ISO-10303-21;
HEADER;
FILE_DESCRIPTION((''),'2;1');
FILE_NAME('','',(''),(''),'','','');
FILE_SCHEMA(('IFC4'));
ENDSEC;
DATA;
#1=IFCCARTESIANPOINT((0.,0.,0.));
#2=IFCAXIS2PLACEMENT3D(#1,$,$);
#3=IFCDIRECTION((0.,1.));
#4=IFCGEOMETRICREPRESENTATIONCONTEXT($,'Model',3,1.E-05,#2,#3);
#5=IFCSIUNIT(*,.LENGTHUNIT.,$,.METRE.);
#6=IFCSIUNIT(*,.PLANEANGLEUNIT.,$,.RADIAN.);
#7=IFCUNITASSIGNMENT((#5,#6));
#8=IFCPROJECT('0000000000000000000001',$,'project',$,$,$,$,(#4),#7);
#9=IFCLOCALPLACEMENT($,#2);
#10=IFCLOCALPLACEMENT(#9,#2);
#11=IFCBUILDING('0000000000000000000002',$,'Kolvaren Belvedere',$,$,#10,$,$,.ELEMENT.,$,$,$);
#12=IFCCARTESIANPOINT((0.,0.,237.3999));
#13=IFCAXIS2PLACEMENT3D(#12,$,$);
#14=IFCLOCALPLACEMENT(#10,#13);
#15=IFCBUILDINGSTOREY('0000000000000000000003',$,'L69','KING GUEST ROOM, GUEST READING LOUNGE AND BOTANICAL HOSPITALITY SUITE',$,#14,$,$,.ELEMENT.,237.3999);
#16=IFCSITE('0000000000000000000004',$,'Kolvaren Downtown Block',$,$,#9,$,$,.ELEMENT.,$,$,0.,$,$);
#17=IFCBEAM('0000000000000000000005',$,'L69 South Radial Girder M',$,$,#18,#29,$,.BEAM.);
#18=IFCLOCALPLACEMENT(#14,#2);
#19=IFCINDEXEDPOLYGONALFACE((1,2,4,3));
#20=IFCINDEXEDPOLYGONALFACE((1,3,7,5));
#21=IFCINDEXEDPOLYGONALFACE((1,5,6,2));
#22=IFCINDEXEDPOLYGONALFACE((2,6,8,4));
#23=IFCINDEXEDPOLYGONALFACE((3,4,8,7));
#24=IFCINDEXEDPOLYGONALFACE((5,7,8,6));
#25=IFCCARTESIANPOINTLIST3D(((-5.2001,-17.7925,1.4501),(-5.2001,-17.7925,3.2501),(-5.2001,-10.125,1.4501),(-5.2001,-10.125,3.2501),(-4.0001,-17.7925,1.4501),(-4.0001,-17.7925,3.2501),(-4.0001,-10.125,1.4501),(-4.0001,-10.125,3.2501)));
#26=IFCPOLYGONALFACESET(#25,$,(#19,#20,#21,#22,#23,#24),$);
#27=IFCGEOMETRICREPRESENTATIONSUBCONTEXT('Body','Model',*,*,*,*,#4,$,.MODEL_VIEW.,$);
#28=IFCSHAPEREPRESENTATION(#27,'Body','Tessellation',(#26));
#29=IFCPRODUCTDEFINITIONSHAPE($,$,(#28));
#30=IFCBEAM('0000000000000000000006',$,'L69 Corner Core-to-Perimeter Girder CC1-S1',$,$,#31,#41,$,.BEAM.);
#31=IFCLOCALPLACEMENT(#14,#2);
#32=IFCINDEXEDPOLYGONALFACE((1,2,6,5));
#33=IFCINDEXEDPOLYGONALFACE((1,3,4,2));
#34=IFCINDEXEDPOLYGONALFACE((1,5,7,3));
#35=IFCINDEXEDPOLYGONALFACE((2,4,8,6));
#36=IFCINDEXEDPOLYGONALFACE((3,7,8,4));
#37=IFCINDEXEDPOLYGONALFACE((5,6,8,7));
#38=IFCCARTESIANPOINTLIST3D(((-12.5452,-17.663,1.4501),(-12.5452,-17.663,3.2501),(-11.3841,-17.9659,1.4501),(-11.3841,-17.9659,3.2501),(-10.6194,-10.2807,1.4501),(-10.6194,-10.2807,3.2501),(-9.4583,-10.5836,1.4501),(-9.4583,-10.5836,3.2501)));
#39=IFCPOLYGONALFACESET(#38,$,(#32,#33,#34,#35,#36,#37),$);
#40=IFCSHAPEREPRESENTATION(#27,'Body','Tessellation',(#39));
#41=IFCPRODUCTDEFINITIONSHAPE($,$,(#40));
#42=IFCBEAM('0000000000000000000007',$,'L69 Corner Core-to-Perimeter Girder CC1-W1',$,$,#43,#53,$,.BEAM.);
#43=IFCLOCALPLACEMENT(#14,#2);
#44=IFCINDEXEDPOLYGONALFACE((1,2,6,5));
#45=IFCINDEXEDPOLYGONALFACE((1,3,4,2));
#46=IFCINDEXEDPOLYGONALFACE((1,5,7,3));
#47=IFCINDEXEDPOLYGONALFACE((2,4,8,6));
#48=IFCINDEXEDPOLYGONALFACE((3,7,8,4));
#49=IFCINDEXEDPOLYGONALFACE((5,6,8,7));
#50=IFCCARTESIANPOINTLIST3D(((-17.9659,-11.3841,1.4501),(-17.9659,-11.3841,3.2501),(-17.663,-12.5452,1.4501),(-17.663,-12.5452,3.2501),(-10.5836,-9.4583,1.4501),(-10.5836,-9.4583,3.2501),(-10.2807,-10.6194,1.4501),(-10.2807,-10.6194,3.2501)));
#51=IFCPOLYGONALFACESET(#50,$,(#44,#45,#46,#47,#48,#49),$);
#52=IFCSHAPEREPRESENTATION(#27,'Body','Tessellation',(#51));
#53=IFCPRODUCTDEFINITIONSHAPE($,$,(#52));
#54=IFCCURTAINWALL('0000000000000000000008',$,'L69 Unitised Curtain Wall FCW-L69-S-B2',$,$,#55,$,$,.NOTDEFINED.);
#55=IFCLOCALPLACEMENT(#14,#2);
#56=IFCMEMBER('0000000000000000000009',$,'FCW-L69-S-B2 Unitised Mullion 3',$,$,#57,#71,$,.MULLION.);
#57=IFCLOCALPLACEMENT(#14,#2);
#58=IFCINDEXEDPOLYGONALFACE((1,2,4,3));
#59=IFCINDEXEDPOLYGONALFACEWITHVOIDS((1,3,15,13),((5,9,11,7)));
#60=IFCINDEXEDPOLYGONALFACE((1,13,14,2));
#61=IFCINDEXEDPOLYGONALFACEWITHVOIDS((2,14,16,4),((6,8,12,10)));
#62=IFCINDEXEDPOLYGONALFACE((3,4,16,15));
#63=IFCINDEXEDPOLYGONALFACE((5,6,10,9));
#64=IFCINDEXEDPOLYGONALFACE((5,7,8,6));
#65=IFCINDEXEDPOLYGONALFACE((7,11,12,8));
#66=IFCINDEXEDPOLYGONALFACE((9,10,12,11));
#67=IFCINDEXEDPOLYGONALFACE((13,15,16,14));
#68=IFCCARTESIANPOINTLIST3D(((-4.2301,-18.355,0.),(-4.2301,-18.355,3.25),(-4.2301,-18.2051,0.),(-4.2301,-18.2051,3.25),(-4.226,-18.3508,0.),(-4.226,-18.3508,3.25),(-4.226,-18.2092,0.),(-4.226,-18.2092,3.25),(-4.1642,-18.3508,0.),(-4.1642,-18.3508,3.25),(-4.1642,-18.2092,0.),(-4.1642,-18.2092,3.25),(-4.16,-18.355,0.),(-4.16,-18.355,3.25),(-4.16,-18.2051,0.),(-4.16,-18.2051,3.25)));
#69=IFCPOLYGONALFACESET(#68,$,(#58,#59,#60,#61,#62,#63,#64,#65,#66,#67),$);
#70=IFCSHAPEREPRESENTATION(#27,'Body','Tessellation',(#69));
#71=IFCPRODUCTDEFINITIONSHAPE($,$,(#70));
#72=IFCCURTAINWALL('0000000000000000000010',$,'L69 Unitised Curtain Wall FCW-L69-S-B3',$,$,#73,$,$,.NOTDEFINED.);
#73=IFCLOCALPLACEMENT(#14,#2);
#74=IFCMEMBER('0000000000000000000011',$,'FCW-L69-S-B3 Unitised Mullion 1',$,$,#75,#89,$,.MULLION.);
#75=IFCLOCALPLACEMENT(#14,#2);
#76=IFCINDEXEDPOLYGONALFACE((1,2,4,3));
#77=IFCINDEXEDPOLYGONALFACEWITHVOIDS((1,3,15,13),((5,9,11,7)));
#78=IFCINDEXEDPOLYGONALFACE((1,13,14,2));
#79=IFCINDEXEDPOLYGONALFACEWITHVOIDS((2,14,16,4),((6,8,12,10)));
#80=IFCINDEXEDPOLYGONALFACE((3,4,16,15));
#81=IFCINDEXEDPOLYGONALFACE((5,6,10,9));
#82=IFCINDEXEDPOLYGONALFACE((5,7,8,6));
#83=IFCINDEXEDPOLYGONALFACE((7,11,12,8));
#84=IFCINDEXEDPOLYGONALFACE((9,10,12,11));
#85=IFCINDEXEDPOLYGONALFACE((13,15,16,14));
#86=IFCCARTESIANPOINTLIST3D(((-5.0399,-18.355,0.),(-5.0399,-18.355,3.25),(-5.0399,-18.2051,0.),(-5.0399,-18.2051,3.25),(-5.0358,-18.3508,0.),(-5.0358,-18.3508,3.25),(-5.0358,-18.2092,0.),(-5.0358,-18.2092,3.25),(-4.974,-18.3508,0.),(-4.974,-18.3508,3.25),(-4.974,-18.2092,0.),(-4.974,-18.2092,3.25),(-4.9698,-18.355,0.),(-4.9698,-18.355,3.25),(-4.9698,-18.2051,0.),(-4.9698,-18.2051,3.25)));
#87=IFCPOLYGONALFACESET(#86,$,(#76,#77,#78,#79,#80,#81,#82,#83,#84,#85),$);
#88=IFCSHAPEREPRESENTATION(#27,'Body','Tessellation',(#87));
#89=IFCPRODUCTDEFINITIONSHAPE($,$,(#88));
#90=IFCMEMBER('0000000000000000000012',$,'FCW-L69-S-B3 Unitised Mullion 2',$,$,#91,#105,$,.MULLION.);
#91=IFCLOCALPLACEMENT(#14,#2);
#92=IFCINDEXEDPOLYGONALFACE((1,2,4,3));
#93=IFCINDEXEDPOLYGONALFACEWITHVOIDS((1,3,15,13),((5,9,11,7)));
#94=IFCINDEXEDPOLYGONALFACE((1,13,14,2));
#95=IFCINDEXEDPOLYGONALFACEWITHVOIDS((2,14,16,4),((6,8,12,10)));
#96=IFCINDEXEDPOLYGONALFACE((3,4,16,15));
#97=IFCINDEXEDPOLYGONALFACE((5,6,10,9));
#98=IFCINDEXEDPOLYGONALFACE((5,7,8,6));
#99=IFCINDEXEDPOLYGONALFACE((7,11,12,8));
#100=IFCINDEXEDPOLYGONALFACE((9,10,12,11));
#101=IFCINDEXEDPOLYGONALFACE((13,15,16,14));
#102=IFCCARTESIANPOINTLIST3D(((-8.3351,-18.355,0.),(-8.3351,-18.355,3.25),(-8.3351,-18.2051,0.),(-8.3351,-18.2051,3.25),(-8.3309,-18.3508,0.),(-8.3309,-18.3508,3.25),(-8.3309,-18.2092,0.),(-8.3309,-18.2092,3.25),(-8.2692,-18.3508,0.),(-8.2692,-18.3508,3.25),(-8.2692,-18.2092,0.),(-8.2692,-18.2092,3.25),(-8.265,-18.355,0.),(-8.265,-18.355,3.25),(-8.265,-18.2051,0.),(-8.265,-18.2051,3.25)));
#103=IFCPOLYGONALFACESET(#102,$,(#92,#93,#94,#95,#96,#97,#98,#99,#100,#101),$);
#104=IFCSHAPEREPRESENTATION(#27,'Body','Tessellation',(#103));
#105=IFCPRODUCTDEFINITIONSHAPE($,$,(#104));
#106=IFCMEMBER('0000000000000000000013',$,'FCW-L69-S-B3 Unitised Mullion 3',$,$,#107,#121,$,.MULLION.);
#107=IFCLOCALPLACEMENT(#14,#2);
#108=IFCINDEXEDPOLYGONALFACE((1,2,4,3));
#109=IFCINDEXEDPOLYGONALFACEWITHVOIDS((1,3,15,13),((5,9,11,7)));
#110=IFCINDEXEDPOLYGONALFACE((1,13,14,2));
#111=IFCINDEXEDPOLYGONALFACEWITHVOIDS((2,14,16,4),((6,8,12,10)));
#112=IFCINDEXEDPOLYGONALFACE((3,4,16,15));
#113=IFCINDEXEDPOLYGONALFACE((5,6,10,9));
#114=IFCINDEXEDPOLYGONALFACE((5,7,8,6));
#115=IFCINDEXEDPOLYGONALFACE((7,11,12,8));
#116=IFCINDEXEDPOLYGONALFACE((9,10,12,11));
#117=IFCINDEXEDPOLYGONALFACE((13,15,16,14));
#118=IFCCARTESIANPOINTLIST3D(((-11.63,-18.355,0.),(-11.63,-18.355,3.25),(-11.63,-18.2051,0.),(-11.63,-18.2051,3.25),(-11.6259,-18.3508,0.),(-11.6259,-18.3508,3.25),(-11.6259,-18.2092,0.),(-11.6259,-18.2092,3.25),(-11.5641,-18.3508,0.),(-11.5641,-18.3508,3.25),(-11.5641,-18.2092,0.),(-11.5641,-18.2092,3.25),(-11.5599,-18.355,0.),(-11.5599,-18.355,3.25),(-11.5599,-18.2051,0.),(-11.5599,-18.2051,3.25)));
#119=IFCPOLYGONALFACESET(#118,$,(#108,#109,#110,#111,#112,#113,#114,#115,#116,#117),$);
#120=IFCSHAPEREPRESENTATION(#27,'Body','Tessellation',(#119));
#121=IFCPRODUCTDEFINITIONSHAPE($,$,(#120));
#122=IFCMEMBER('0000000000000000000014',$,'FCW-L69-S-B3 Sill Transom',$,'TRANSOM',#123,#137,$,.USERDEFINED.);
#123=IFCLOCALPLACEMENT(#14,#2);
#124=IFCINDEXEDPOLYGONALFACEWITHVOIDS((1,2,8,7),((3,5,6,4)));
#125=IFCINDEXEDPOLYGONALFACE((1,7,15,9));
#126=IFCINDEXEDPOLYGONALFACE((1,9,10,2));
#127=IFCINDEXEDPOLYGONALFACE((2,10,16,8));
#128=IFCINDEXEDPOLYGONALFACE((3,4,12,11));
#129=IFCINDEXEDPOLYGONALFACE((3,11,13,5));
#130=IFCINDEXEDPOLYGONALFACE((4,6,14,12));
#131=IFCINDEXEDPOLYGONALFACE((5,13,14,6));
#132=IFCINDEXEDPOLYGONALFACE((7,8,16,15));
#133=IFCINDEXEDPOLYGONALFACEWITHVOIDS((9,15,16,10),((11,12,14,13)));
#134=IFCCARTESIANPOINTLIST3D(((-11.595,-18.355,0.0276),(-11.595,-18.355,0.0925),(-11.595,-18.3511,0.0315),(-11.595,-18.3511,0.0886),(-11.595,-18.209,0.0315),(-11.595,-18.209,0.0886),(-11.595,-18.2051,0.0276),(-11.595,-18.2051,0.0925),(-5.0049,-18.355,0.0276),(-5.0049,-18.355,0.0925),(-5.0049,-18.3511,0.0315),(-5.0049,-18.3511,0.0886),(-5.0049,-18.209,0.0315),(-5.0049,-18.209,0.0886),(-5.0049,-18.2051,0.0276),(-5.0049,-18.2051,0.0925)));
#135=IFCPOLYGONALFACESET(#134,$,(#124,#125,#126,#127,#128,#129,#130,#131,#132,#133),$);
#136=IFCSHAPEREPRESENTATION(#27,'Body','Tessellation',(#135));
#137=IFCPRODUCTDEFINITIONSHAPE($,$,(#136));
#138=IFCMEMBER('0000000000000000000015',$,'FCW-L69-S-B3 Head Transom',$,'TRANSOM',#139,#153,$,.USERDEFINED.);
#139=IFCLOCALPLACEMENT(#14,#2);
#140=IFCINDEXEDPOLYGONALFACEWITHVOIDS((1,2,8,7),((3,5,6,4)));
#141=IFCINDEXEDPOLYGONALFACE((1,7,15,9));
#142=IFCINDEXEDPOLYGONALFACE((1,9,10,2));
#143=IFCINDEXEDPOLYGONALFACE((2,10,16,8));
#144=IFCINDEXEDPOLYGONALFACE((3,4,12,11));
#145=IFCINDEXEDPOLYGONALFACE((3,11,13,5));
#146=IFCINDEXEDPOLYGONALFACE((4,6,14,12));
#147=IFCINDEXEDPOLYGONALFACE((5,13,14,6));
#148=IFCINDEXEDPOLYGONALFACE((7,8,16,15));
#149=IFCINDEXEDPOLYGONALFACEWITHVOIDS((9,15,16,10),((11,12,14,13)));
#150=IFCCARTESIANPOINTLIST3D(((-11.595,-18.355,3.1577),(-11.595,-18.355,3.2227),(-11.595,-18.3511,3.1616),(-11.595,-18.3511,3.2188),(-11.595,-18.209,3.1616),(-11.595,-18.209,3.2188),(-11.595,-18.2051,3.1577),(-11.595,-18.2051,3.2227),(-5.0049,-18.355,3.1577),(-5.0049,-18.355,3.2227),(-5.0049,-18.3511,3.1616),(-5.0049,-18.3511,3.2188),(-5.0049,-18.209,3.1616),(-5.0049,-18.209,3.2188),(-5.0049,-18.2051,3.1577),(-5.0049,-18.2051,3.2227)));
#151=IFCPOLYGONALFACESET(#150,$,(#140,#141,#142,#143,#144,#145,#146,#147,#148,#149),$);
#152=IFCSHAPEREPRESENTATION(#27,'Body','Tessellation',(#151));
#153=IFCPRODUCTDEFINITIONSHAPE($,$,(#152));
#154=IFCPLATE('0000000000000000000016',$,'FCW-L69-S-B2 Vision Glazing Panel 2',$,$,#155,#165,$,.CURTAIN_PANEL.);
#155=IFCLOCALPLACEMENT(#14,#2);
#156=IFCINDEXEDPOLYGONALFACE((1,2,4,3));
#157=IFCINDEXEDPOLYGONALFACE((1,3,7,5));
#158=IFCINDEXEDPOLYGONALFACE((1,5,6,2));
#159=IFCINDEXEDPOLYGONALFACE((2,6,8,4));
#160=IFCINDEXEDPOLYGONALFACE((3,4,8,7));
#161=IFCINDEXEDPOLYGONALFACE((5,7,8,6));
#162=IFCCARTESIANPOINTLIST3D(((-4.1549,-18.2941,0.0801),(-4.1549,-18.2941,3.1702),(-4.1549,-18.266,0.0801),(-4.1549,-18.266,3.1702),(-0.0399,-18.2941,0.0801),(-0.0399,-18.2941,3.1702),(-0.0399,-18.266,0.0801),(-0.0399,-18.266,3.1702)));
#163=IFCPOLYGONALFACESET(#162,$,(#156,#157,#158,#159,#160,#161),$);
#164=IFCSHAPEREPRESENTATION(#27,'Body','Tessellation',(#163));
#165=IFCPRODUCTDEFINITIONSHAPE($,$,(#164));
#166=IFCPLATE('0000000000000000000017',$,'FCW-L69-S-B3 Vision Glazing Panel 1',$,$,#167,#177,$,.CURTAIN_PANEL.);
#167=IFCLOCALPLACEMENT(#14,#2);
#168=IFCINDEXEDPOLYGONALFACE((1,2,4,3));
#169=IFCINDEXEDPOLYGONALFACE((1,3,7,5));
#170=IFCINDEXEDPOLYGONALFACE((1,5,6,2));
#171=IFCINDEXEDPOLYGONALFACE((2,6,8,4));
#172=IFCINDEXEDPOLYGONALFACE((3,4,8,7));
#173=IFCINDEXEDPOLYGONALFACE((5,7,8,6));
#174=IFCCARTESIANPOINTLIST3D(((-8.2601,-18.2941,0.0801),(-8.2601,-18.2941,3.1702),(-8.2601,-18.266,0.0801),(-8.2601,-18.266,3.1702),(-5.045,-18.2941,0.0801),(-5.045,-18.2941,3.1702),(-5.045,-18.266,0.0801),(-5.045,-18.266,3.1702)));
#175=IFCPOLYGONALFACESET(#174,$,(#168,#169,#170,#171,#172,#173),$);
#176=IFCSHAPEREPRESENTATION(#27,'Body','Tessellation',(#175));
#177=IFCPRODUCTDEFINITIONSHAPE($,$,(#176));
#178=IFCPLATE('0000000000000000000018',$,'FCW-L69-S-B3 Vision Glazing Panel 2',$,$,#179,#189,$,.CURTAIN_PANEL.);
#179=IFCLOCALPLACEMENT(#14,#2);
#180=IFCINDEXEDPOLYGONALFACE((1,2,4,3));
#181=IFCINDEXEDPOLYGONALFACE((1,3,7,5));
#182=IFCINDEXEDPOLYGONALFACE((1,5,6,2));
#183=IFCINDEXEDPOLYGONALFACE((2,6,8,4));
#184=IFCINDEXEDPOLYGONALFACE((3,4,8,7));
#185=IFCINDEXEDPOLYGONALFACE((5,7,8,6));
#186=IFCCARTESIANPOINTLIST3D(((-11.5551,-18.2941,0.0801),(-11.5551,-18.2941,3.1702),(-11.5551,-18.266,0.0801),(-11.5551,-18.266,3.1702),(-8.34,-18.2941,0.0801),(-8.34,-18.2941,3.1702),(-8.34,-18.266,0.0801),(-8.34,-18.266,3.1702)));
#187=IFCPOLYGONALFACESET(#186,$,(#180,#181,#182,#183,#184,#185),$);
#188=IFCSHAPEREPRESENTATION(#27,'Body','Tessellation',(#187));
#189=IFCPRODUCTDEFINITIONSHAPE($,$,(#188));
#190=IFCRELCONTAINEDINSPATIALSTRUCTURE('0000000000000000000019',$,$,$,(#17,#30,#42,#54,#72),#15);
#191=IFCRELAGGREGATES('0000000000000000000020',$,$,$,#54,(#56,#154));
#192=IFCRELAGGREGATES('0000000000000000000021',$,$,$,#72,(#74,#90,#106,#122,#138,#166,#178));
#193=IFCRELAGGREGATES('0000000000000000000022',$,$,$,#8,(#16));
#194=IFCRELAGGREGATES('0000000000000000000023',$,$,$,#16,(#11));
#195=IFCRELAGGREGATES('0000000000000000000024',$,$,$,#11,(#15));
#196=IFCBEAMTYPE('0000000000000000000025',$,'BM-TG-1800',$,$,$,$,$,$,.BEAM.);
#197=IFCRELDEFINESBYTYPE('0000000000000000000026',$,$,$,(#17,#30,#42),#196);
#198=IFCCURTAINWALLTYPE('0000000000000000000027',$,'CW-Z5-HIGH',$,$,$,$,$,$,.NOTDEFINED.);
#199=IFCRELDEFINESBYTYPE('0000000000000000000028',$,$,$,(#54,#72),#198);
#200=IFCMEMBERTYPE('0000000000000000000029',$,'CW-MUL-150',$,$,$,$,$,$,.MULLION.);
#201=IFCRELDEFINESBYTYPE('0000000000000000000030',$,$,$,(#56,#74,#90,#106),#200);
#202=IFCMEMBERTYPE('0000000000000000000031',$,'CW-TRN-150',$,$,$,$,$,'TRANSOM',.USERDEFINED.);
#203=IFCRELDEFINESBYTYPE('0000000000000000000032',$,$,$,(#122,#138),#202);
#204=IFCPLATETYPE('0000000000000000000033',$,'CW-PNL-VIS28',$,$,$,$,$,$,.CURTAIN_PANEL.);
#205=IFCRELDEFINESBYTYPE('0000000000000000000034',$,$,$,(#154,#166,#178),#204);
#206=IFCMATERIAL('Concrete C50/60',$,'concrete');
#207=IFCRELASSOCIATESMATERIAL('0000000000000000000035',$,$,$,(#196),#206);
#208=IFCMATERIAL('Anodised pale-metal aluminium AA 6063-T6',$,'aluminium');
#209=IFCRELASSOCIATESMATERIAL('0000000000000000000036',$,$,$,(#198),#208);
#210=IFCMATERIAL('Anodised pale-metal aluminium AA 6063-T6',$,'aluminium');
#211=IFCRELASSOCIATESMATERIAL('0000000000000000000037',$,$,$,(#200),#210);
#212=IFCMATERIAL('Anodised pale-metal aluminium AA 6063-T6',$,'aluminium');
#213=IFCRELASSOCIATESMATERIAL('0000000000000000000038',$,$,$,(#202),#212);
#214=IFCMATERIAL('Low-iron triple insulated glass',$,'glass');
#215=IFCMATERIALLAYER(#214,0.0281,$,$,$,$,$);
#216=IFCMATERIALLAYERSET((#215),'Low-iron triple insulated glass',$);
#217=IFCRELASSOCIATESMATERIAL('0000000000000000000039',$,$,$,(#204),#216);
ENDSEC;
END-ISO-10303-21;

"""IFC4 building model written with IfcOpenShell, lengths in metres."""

from ifc_helpers import new_model, si_unit, direction, frame, origin, origin_2d, place, context, subcontext, project, spatial, rectangle, hollow_rectangle, extrude, material, layer, layer_set, material_profile, profile_set, type_object, element, aggregate, save


model = new_model("IFC4")

# Units and contexts
model_context = context("Model", 3, precision=1e-05, world=origin(), true_north=direction((0.0, 1.0)))
body_context = subcontext(model_context, "Body", "Model", "MODEL_VIEW")
ifc_project = project(units=[si_unit("LENGTHUNIT", "METRE"), si_unit("PLANEANGLEUNIT", "RADIAN")], contexts=[model_context])

# Site, building, storey
site_placement = place(None, origin())
site = spatial("IfcSite", under=ifc_project, at=site_placement, Name="Kolvaren Downtown Block", CompositionType="ELEMENT", RefElevation=0.0)
building_placement = place(site_placement, origin())
building = spatial("IfcBuilding", under=site, at=building_placement, Name="Kolvaren Belvedere", CompositionType="ELEMENT")
storey_placement = place(building_placement, frame((0.0, 0.0, 237.3999)))
storey = spatial("IfcBuildingStorey", under=building, at=storey_placement, Name="L69", Description="KING GUEST ROOM, GUEST READING LOUNGE AND BOTANICAL HOSPITALITY SUITE", CompositionType="ELEMENT", Elevation=237.3999)

# Beams
ifc_material_1 = material(Name="Concrete C50/60", Category="concrete")
ifc_material_profile_1 = material_profile(ifc_material_1, rectangle(XDim=1.2, YDim=1.8, at=origin_2d()), Name="RC 1200X1800")
ifc_profile_set_1 = profile_set([ifc_material_profile_1], Name="Concrete C50/60")
beam_type_1 = type_object("IfcBeamType", Name="BM-TG-1800", PredefinedType="BEAM", material=ifc_profile_set_1)
beam_1_placement = place(storey_placement, frame((-4.6001, -10.125, 2.3501), z_axis=(0.0, -1.0, 0.0), x_axis=(1.0, 0.0, 0.0)))
element("IfcBeam", 1, at=beam_1_placement, inside=storey, type_object=beam_type_1, Name="L69 South Radial Girder M", PredefinedType="BEAM", context=body_context, shape_type="SweptSolid", body=[
    extrude(rectangle(XDim=1.2, YDim=1.8, at=origin_2d()), origin(), (0.0, 0.0, 1.0), 7.6675),
])
for number, where, z_axis, x_axis, name in (
    (2, (-10.0388, -10.4321, 2.3501), (-0.252417, -0.967619, 0.0), (0.967619, -0.252417, 0.0), "L69 Corner Core-to-Perimeter Girder CC1-S1"),
    (3, (-10.4321, -10.0388, 2.3501), (-0.967619, -0.252417, 0.0), (0.252417, -0.967619, 0.0), "L69 Corner Core-to-Perimeter Girder CC1-W1"),
):
    element("IfcBeam", number, at=place(storey_placement, frame(where, z_axis=z_axis, x_axis=x_axis)), inside=storey, type_object=beam_type_1, Name=name, PredefinedType="BEAM", context=body_context, shape_type="SweptSolid", body=[
        extrude(rectangle(XDim=1.2, YDim=1.8, at=origin_2d()), origin(), (0.0, 0.0, 1.0), 7.6294),
    ])

# Curtain wall, member
ifc_material_2 = material(Name="Anodised pale-metal aluminium AA 6063-T6", Category="aluminium")
curtain_wall_type = type_object("IfcCurtainWallType", Name="CW-Z5-HIGH", PredefinedType="NOTDEFINED", material=ifc_material_2)
curtain_wall_1_placement = place(storey_placement, origin())
curtain_wall_1 = element("IfcCurtainWall", 4, at=curtain_wall_1_placement, inside=storey, type_object=curtain_wall_type, Name="L69 Unitised Curtain Wall FCW-L69-S-B2", PredefinedType="NOTDEFINED")
ifc_material_3 = material(Name="Anodised pale-metal aluminium AA 6063-T6", Category="aluminium")
ifc_material_profile_2 = material_profile(ifc_material_3, hollow_rectangle(XDim=0.0701, YDim=0.1499, WallThickness=0.0042, at=origin_2d()), Name="ALU-MUL-150X70")
ifc_profile_set_2 = profile_set([ifc_material_profile_2], Name="Anodised pale-metal aluminium AA 6063-T6")
member_type_1 = type_object("IfcMemberType", Name="CW-MUL-150", PredefinedType="MULLION", material=ifc_profile_set_2)
member_1_placement = place(storey_placement, frame((-4.1951, -18.28, 0.0), z_axis=(0.0, 0.0, 1.0), x_axis=(1.0, 0.0, 0.0)))
member_1 = element("IfcMember", 5, at=member_1_placement, type_object=member_type_1, Name="FCW-L69-S-B2 Unitised Mullion 3", PredefinedType="MULLION", context=body_context, shape_type="SweptSolid", body=[
    extrude(hollow_rectangle(XDim=0.0701, YDim=0.1499, WallThickness=0.0042, at=origin_2d()), origin(), (0.0, 0.0, 1.0), 3.25),
])

# Curtain wall, members
curtain_wall_2_placement = place(storey_placement, origin())
curtain_wall_2 = element("IfcCurtainWall", 6, at=curtain_wall_2_placement, inside=storey, type_object=curtain_wall_type, Name="L69 Unitised Curtain Wall FCW-L69-S-B3", PredefinedType="NOTDEFINED")
member_2_placement = place(storey_placement, frame((-5.0049, -18.28, 0.0), z_axis=(0.0, 0.0, 1.0), x_axis=(1.0, 0.0, 0.0)))
member_2 = element("IfcMember", 7, at=member_2_placement, type_object=member_type_1, Name="FCW-L69-S-B3 Unitised Mullion 1", PredefinedType="MULLION", context=body_context, shape_type="SweptSolid", body=[
    extrude(hollow_rectangle(XDim=0.0701, YDim=0.1499, WallThickness=0.0042, at=origin_2d()), origin(), (0.0, 0.0, 1.0), 3.25),
])
member_3_placement = place(storey_placement, frame((-8.3, -18.28, 0.0), z_axis=(0.0, 0.0, 1.0), x_axis=(1.0, 0.0, 0.0)))
member_3 = element("IfcMember", 8, at=member_3_placement, type_object=member_type_1, Name="FCW-L69-S-B3 Unitised Mullion 2", PredefinedType="MULLION", context=body_context, shape_type="SweptSolid", body=[
    extrude(hollow_rectangle(XDim=0.0701, YDim=0.1499, WallThickness=0.0042, at=origin_2d()), origin(), (0.0, 0.0, 1.0), 3.25),
])
member_4_placement = place(storey_placement, frame((-11.595, -18.28, 0.0), z_axis=(0.0, 0.0, 1.0), x_axis=(1.0, 0.0, 0.0)))
member_4 = element("IfcMember", 9, at=member_4_placement, type_object=member_type_1, Name="FCW-L69-S-B3 Unitised Mullion 3", PredefinedType="MULLION", context=body_context, shape_type="SweptSolid", body=[
    extrude(hollow_rectangle(XDim=0.0701, YDim=0.1499, WallThickness=0.0042, at=origin_2d()), origin(), (0.0, 0.0, 1.0), 3.25),
])
ifc_material_4 = material(Name="Anodised pale-metal aluminium AA 6063-T6", Category="aluminium")
ifc_material_profile_3 = material_profile(ifc_material_4, hollow_rectangle(XDim=0.0649, YDim=0.1499, WallThickness=0.0039, at=origin_2d()), Name="ALU-TRN-150X65")
ifc_profile_set_3 = profile_set([ifc_material_profile_3], Name="Anodised pale-metal aluminium AA 6063-T6")
member_type_2 = type_object("IfcMemberType", Name="CW-TRN-150", ElementType="TRANSOM", PredefinedType="USERDEFINED", material=ifc_profile_set_3)
member_5_placement = place(storey_placement, frame((-5.0049, -18.28, 0.0601), z_axis=(-1.0, 0.0, 0.0), x_axis=(0.0, 0.0, 1.0)))
member_5 = element("IfcMember", 10, at=member_5_placement, type_object=member_type_2, Name="FCW-L69-S-B3 Sill Transom", ObjectType="TRANSOM", PredefinedType="USERDEFINED", context=body_context, shape_type="SweptSolid", body=[
    extrude(hollow_rectangle(XDim=0.0649, YDim=0.1499, WallThickness=0.0039, at=origin_2d()), origin(), (0.0, 0.0, 1.0), 6.5901),
])
member_6_placement = place(storey_placement, frame((-5.0049, -18.28, 3.1902), z_axis=(-1.0, 0.0, 0.0), x_axis=(0.0, 0.0, 1.0)))
member_6 = element("IfcMember", 11, at=member_6_placement, type_object=member_type_2, Name="FCW-L69-S-B3 Head Transom", ObjectType="TRANSOM", PredefinedType="USERDEFINED", context=body_context, shape_type="SweptSolid", body=[
    extrude(hollow_rectangle(XDim=0.0649, YDim=0.1499, WallThickness=0.0039, at=origin_2d()), origin(), (0.0, 0.0, 1.0), 6.5901),
])

# Plates
ifc_material_5 = material(Name="Low-iron triple insulated glass", Category="glass")
ifc_layer_1 = layer(ifc_material_5, 0.0281)
ifc_layer_set_1 = layer_set([ifc_layer_1], Name="Low-iron triple insulated glass")
plate_type_1 = type_object("IfcPlateType", Name="CW-PNL-VIS28", PredefinedType="CURTAIN_PANEL", material=ifc_layer_set_1)
plate_1_placement = place(storey_placement, frame((-2.0974, -18.28, 0.0801), z_axis=(0.0, 0.0, 1.0), x_axis=(-1.0, 0.0, 0.0)))
plate_1 = element("IfcPlate", 12, at=plate_1_placement, type_object=plate_type_1, Name="FCW-L69-S-B2 Vision Glazing Panel 2", PredefinedType="CURTAIN_PANEL", context=body_context, shape_type="SweptSolid", body=[
    extrude(rectangle(XDim=4.115, YDim=0.0281, at=origin_2d()), origin(), (0.0, 0.0, 1.0), 3.0901),
])
aggregate(curtain_wall_1, [member_1, plate_1])
plate_2_placement = place(storey_placement, frame((-6.6526, -18.28, 0.0801), z_axis=(0.0, 0.0, 1.0), x_axis=(-1.0, 0.0, 0.0)))
plate_2 = element("IfcPlate", 13, at=plate_2_placement, type_object=plate_type_1, Name="FCW-L69-S-B3 Vision Glazing Panel 1", PredefinedType="CURTAIN_PANEL", context=body_context, shape_type="SweptSolid", body=[
    extrude(rectangle(XDim=3.2151, YDim=0.0281, at=origin_2d()), origin(), (0.0, 0.0, 1.0), 3.0901),
])
plate_3_placement = place(storey_placement, frame((-9.9475, -18.28, 0.0801), z_axis=(0.0, 0.0, 1.0), x_axis=(-1.0, 0.0, 0.0)))
plate_3 = element("IfcPlate", 14, at=plate_3_placement, type_object=plate_type_1, Name="FCW-L69-S-B3 Vision Glazing Panel 2", PredefinedType="CURTAIN_PANEL", context=body_context, shape_type="SweptSolid", body=[
    extrude(rectangle(XDim=3.2151, YDim=0.0281, at=origin_2d()), origin(), (0.0, 0.0, 1.0), 3.0901),
])
aggregate(curtain_wall_2, [member_2, member_3, member_4, member_5, member_6, plate_2, plate_3])

save(model, "model.ifc")
